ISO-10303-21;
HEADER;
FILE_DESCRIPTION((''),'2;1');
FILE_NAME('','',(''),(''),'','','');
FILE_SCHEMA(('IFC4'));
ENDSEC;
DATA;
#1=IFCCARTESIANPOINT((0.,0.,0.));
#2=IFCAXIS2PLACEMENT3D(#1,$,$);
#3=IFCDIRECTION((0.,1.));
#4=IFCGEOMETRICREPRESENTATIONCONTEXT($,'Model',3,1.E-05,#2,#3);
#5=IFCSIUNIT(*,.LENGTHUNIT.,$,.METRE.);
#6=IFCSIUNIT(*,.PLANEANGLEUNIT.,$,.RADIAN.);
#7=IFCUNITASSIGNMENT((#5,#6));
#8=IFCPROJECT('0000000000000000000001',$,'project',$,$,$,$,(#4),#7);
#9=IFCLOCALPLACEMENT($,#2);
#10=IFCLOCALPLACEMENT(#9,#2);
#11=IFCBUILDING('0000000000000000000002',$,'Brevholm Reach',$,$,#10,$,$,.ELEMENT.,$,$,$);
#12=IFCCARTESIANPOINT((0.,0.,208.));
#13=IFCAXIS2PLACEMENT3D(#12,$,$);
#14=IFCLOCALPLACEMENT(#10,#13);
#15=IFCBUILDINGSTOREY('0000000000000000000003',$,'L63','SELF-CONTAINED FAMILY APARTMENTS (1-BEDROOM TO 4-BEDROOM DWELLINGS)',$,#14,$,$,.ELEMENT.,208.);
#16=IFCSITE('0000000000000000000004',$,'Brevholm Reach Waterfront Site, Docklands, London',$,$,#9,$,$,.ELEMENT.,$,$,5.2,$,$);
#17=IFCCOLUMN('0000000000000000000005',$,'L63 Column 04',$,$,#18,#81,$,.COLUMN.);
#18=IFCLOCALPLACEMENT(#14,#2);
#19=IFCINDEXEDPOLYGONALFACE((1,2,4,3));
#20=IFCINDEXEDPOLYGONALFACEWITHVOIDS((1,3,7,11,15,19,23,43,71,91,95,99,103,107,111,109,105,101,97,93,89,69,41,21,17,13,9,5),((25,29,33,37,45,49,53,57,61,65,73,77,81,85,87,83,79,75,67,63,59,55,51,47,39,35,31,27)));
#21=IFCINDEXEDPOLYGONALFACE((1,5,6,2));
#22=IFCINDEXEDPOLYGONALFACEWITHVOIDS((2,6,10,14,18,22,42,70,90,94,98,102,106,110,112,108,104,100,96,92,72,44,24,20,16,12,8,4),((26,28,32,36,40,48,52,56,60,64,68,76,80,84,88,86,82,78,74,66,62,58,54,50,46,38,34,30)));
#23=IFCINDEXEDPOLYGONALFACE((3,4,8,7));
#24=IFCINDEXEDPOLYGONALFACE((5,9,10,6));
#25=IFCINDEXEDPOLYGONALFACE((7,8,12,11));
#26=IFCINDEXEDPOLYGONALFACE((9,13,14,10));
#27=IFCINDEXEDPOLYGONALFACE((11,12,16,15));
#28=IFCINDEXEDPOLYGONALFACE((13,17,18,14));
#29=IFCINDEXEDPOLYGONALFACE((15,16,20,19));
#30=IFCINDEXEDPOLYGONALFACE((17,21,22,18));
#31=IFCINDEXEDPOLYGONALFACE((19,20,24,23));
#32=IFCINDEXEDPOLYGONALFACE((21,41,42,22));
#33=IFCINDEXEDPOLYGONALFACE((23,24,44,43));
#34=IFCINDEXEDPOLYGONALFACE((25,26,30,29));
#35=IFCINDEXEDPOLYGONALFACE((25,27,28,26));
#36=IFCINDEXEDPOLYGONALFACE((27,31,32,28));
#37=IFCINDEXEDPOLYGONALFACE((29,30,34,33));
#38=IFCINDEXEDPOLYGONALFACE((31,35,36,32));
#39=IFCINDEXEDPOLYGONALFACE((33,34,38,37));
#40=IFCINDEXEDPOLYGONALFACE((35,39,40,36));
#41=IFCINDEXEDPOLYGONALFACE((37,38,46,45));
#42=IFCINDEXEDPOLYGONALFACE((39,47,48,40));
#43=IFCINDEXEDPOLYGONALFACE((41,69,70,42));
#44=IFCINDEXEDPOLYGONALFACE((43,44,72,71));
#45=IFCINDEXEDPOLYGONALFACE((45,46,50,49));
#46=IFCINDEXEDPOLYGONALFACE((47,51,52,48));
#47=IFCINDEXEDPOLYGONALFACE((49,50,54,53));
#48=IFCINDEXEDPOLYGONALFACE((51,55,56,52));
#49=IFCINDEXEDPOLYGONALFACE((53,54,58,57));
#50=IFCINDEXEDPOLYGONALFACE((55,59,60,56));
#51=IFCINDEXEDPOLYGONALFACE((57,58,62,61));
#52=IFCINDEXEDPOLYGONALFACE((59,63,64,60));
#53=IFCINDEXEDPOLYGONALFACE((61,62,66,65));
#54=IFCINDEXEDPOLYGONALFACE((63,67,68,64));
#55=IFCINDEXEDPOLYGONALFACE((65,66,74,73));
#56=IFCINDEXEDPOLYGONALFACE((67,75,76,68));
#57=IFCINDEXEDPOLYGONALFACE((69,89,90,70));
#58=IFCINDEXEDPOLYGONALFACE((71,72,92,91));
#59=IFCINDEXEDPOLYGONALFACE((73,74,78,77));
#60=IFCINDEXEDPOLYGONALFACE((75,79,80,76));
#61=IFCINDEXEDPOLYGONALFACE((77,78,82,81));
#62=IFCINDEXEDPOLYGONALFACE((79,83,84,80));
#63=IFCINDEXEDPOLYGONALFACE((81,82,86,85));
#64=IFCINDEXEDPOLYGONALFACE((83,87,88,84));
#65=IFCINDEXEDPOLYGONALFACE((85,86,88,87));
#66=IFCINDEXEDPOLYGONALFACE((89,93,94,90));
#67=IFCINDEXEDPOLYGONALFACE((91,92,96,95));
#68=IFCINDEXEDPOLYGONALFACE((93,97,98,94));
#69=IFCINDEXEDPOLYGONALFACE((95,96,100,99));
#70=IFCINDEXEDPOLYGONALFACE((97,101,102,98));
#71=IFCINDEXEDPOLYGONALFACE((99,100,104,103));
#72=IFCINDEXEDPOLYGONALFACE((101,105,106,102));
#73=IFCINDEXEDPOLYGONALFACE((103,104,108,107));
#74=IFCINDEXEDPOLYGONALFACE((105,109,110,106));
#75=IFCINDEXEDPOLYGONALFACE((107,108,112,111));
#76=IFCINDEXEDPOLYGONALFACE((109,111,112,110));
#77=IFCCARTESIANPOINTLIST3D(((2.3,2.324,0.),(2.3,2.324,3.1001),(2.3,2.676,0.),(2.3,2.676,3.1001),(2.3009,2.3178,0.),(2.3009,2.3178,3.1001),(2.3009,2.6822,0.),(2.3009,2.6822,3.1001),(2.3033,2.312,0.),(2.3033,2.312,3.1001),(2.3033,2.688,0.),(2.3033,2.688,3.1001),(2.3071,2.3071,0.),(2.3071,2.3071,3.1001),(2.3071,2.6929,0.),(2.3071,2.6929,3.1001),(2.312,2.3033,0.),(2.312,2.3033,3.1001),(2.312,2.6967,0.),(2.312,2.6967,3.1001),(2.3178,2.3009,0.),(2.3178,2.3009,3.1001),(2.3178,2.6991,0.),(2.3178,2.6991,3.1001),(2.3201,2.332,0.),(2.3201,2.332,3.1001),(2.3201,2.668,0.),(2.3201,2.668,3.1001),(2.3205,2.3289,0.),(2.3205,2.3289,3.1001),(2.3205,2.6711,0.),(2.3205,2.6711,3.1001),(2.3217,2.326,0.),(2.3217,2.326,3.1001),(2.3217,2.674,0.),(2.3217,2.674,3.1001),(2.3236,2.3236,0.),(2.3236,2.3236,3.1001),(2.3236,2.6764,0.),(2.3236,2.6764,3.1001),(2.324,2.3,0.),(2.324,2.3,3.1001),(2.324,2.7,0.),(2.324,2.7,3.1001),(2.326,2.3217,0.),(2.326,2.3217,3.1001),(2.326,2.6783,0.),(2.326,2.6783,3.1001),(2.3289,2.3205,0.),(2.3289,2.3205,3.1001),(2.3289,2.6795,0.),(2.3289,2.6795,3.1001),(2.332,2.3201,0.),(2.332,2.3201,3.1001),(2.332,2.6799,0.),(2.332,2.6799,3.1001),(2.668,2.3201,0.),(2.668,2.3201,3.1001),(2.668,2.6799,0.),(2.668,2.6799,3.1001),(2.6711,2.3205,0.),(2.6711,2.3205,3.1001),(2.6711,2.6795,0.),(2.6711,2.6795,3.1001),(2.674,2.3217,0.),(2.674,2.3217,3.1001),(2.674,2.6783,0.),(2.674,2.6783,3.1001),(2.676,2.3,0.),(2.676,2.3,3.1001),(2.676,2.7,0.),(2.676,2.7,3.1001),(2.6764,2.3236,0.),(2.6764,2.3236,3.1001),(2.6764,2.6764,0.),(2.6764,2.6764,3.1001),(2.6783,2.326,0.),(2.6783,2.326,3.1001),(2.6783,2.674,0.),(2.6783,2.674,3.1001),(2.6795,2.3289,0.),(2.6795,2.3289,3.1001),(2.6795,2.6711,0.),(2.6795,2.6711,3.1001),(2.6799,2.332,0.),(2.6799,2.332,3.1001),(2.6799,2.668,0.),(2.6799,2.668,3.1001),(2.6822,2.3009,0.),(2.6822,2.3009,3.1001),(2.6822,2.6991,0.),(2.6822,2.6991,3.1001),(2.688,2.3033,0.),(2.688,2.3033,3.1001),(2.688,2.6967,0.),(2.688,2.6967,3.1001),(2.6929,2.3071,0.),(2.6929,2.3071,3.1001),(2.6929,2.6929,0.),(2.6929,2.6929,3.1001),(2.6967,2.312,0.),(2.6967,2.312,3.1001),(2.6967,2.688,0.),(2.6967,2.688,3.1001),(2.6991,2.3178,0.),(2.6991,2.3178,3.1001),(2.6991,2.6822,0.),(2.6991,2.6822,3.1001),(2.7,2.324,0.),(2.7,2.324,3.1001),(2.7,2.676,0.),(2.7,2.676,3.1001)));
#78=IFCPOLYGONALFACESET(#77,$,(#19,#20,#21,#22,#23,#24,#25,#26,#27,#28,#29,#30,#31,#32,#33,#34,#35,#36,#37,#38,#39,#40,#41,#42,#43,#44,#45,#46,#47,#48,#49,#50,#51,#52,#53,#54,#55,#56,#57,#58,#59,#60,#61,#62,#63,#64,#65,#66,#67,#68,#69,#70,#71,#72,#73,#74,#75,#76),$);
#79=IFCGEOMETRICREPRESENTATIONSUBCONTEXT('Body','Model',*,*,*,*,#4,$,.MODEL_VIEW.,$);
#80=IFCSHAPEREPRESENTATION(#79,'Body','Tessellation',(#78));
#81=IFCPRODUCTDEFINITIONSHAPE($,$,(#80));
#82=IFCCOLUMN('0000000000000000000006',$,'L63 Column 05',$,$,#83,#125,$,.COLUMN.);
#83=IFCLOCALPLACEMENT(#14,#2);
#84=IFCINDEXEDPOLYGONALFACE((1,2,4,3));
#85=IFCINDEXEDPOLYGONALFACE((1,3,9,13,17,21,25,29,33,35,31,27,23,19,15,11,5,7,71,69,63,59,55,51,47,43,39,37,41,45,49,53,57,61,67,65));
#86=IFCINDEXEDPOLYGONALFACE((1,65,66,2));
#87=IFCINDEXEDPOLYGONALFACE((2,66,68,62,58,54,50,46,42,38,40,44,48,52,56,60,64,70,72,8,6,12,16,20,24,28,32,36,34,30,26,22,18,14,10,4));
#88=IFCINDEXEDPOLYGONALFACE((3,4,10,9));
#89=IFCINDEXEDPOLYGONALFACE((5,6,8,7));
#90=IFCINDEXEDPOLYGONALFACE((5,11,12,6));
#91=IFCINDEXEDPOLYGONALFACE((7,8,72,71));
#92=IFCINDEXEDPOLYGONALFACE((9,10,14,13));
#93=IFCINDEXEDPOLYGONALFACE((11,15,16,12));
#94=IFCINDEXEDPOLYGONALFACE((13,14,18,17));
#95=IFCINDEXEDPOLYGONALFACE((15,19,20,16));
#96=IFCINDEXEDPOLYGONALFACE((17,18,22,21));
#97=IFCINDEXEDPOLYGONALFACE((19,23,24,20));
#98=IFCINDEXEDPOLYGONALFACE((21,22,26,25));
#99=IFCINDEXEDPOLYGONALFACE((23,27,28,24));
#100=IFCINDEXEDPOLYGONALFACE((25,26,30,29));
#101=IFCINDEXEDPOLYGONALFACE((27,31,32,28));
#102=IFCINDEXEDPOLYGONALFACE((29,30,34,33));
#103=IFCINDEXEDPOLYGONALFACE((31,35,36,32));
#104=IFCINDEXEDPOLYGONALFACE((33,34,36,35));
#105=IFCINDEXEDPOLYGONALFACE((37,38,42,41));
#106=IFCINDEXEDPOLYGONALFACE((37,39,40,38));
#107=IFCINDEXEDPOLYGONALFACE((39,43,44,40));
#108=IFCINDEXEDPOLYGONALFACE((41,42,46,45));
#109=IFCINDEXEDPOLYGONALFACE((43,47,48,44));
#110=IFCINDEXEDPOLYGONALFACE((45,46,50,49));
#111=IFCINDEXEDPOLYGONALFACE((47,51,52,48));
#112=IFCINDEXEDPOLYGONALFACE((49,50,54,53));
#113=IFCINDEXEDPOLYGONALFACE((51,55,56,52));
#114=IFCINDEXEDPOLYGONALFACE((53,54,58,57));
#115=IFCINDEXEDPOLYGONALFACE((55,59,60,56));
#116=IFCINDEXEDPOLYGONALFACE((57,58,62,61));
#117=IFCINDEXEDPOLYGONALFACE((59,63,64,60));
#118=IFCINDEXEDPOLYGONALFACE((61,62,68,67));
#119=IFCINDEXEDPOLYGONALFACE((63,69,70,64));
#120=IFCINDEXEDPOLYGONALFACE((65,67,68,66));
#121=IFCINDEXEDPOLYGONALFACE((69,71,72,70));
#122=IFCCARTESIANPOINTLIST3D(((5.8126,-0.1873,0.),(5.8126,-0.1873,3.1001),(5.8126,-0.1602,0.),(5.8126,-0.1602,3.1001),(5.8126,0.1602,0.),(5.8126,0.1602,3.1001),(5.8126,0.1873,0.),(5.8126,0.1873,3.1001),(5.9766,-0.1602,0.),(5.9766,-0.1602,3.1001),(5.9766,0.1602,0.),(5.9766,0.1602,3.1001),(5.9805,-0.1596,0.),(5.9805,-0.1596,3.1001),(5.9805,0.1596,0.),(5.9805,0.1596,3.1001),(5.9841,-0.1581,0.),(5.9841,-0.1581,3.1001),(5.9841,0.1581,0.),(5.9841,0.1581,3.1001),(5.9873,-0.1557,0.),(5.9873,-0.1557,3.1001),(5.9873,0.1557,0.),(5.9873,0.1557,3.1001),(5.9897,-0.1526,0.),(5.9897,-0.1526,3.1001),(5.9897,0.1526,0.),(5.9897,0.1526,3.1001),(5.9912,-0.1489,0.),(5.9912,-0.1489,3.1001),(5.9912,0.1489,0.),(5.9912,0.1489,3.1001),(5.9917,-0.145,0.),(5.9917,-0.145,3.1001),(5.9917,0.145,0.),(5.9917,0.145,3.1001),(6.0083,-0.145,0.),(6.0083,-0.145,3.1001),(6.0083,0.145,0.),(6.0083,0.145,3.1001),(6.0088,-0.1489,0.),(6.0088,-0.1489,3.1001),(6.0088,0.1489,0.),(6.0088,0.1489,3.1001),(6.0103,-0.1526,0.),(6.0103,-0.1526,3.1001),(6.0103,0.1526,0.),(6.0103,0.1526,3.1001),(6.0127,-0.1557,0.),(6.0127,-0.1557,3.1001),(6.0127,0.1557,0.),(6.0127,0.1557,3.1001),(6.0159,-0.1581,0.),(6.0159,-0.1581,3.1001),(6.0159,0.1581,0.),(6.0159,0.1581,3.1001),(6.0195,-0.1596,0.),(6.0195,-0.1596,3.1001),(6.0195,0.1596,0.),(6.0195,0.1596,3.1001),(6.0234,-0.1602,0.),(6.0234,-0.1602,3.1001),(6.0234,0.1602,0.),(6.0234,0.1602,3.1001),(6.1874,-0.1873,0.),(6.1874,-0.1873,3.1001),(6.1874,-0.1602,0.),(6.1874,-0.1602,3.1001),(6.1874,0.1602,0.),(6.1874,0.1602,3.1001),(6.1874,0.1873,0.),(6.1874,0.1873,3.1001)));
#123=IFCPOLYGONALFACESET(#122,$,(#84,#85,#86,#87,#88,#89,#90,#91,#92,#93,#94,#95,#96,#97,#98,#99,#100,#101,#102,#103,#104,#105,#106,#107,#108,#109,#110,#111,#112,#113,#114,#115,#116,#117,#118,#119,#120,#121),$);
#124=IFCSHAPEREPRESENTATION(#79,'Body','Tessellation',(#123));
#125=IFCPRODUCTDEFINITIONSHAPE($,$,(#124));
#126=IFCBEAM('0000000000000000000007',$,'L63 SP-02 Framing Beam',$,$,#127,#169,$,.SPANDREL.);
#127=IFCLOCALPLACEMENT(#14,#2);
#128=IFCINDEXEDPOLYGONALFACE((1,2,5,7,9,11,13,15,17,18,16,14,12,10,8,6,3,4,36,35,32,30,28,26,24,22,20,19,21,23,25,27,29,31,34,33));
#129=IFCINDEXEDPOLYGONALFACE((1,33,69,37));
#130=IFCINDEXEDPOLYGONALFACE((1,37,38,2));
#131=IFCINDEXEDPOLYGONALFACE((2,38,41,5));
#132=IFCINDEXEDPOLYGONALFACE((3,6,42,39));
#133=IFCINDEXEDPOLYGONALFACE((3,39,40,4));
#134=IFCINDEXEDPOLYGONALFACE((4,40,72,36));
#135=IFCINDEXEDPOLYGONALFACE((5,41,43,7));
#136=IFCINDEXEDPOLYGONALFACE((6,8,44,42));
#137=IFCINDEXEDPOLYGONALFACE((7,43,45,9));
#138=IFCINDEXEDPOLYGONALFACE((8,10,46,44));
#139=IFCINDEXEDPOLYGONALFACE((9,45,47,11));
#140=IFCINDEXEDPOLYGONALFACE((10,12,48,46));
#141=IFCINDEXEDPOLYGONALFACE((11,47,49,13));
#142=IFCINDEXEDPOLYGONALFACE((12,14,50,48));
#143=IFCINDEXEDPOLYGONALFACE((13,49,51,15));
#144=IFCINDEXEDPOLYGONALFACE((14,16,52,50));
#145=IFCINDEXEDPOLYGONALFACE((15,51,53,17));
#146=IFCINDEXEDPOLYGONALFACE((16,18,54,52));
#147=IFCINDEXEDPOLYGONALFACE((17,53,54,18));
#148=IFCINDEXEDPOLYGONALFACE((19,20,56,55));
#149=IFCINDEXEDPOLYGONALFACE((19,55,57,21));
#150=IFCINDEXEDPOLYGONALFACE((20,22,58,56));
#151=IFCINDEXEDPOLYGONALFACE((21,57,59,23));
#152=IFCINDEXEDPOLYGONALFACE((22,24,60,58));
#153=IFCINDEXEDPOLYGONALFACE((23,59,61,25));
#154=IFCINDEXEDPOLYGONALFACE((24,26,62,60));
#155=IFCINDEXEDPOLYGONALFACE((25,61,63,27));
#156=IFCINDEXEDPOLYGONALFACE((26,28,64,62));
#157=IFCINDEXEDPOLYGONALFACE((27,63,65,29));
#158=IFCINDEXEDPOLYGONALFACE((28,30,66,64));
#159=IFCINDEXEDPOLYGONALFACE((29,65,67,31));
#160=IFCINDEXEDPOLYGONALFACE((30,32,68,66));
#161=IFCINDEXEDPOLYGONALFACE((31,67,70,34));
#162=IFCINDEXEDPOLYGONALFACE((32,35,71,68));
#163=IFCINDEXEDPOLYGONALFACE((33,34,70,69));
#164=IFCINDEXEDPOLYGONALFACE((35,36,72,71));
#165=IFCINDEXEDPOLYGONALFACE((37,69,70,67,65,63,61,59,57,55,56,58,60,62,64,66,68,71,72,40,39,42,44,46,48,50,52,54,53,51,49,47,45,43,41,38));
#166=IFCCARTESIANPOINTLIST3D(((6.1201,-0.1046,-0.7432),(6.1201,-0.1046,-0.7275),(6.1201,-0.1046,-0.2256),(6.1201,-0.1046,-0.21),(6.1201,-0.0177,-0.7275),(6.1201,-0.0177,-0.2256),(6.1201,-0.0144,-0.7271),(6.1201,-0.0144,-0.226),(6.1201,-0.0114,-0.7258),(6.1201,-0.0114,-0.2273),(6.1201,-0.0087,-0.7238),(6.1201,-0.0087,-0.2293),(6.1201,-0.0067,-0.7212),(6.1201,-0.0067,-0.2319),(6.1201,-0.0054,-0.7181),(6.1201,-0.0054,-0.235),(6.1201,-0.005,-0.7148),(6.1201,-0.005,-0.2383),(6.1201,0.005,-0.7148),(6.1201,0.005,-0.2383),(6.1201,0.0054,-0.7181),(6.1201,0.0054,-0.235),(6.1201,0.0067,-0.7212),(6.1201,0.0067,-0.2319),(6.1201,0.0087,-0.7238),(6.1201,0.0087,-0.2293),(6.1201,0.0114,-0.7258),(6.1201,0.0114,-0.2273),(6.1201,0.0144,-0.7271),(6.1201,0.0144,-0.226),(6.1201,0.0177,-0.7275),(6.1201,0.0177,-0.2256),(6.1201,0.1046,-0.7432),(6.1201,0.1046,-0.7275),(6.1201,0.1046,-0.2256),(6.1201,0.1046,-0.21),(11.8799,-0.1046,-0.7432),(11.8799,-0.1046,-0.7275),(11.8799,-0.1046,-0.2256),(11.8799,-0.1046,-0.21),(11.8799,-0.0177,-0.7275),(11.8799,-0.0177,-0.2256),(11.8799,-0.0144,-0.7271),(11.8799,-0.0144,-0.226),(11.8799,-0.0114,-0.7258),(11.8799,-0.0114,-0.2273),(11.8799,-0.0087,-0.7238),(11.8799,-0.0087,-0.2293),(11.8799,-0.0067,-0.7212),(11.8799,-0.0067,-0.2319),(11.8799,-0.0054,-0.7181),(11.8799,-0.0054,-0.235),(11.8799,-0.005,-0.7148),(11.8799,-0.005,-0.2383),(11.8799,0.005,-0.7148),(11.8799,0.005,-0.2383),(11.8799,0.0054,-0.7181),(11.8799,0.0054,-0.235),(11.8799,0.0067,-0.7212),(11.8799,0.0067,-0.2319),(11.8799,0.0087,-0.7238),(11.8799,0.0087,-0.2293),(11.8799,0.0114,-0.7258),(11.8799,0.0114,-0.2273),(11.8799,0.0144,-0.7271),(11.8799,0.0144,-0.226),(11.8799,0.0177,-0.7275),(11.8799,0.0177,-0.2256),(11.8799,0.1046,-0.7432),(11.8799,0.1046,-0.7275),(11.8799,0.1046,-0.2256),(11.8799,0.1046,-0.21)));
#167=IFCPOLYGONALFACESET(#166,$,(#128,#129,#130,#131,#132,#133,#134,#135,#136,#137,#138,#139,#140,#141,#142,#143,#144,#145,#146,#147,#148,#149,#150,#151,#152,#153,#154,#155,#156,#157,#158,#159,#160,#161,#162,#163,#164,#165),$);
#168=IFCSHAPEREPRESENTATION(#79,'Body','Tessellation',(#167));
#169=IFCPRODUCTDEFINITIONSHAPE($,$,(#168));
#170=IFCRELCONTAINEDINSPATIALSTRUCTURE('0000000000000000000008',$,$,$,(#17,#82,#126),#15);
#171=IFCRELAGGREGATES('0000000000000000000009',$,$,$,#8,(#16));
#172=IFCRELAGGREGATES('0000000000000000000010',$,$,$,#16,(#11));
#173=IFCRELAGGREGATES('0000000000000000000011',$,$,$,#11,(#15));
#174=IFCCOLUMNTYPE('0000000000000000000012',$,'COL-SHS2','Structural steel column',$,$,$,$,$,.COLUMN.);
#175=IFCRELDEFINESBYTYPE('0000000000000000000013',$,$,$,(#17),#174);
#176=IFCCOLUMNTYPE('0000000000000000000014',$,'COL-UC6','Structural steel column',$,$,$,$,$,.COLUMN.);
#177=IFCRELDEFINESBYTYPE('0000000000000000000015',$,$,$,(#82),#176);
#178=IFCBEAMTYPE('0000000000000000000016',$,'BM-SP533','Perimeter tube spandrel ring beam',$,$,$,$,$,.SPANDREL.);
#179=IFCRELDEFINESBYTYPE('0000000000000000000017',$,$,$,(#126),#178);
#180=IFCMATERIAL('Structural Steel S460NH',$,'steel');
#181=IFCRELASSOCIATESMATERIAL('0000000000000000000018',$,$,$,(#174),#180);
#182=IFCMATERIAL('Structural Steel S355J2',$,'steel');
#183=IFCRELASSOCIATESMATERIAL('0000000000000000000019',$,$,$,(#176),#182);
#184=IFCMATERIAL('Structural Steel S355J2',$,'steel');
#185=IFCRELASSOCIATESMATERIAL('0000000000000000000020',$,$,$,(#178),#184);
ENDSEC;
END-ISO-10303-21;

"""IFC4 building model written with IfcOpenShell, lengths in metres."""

from ifc_helpers import new_model, si_unit, direction, frame, origin, origin_2d, place, context, subcontext, project, spatial, hollow_rectangle, i_section, extrude, material, material_profile, profile_set, type_object, element, save


model = new_model("IFC4")

# Units and contexts
model_context = context("Model", 3, precision=1e-05, world=origin(), true_north=direction((0.0, 1.0)))
body_context = subcontext(model_context, "Body", "Model", "MODEL_VIEW")
ifc_project = project(units=[si_unit("LENGTHUNIT", "METRE"), si_unit("PLANEANGLEUNIT", "RADIAN")], contexts=[model_context])

# Site, building, storey
site_placement = place(None, origin())
site = spatial("IfcSite", under=ifc_project, at=site_placement, Name="Brevholm Reach Waterfront Site, Docklands, London", CompositionType="ELEMENT", RefElevation=5.2)
building_placement = place(site_placement, origin())
building = spatial("IfcBuilding", under=site, at=building_placement, Name="Brevholm Reach", CompositionType="ELEMENT")
storey_placement = place(building_placement, frame((0.0, 0.0, 208.0)))
storey = spatial("IfcBuildingStorey", under=building, at=storey_placement, Name="L63", Description="SELF-CONTAINED FAMILY APARTMENTS (1-BEDROOM TO 4-BEDROOM DWELLINGS)", CompositionType="ELEMENT", Elevation=208.0)

# Columns
ifc_material_1 = material(Name="Structural Steel S460NH", Category="steel")
ifc_material_profile_1 = material_profile(ifc_material_1, hollow_rectangle(XDim=0.3999, YDim=0.3999, WallThickness=0.02, InnerFilletRadius=0.012, OuterFilletRadius=0.0239, at=origin_2d()), Name="SHS 400x400x20")
ifc_profile_set_1 = profile_set([ifc_material_profile_1], Name="Structural Steel S460NH")
column_type_1 = type_object("IfcColumnType", Name="COL-SHS2", Description="Structural steel column", PredefinedType="COLUMN", material=ifc_profile_set_1)
column_1_placement = place(storey_placement, frame((2.5, 2.5, 0.0), z_axis=(0.0, 0.0, 1.0), x_axis=(1.0, 0.0, 0.0)))
element("IfcColumn", 1, at=column_1_placement, inside=storey, type_object=column_type_1, Name="L63 Column 04", PredefinedType="COLUMN", context=body_context, shape_type="SweptSolid", body=[
    extrude(hollow_rectangle(XDim=0.3999, YDim=0.3999, WallThickness=0.02, InnerFilletRadius=0.012, OuterFilletRadius=0.0239, at=origin_2d()), origin(), (0.0, 0.0, 1.0), 3.1001),
])
ifc_material_2 = material(Name="Structural Steel S355J2", Category="steel")
ifc_material_profile_2 = material_profile(ifc_material_2, i_section(OverallWidth=0.3748, OverallDepth=0.3745, WebThickness=0.0166, FlangeThickness=0.0271, FilletRadius=0.0151, at=origin_2d()), Name="UKC 356x368x202")
ifc_profile_set_2 = profile_set([ifc_material_profile_2], Name="Structural Steel S355J2")
column_type_2 = type_object("IfcColumnType", Name="COL-UC6", Description="Structural steel column", PredefinedType="COLUMN", material=ifc_profile_set_2)
column_2_placement = place(storey_placement, frame((6.0, 0.0, 0.0), z_axis=(0.0, 0.0, 1.0), x_axis=(1.0, 0.0, 0.0)))
element("IfcColumn", 2, at=column_2_placement, inside=storey, type_object=column_type_2, Name="L63 Column 05", PredefinedType="COLUMN", context=body_context, shape_type="SweptSolid", body=[
    extrude(i_section(OverallWidth=0.3748, OverallDepth=0.3745, WebThickness=0.0166, FlangeThickness=0.0271, FilletRadius=0.0151, at=origin_2d()), origin(), (0.0, 0.0, 1.0), 3.1001),
])

# Beam
ifc_material_3 = material(Name="Structural Steel S355J2", Category="steel")
ifc_material_profile_3 = material_profile(ifc_material_3, i_section(OverallWidth=0.2092, OverallDepth=0.5332, WebThickness=0.01, FlangeThickness=0.0156, FilletRadius=0.0127, at=origin_2d()), Name="UKB 533x210x92")
ifc_profile_set_3 = profile_set([ifc_material_profile_3], Name="Structural Steel S355J2")
beam_type_1 = type_object("IfcBeamType", Name="BM-SP533", Description="Perimeter tube spandrel ring beam", PredefinedType="SPANDREL", material=ifc_profile_set_3)
beam_1_placement = place(storey_placement, frame((6.1201, 0.0, -0.4766), z_axis=(1.0, 0.0, 0.0), x_axis=(0.0, 1.0, 0.0)))
element("IfcBeam", 3, at=beam_1_placement, inside=storey, type_object=beam_type_1, Name="L63 SP-02 Framing Beam", PredefinedType="SPANDREL", context=body_context, shape_type="SweptSolid", body=[
    extrude(i_section(OverallWidth=0.2092, OverallDepth=0.5332, WebThickness=0.01, FlangeThickness=0.0156, FilletRadius=0.0127, at=origin_2d()), origin(), (0.0, 0.0, 1.0), 5.7598),
])

save(model, "model.ifc")
